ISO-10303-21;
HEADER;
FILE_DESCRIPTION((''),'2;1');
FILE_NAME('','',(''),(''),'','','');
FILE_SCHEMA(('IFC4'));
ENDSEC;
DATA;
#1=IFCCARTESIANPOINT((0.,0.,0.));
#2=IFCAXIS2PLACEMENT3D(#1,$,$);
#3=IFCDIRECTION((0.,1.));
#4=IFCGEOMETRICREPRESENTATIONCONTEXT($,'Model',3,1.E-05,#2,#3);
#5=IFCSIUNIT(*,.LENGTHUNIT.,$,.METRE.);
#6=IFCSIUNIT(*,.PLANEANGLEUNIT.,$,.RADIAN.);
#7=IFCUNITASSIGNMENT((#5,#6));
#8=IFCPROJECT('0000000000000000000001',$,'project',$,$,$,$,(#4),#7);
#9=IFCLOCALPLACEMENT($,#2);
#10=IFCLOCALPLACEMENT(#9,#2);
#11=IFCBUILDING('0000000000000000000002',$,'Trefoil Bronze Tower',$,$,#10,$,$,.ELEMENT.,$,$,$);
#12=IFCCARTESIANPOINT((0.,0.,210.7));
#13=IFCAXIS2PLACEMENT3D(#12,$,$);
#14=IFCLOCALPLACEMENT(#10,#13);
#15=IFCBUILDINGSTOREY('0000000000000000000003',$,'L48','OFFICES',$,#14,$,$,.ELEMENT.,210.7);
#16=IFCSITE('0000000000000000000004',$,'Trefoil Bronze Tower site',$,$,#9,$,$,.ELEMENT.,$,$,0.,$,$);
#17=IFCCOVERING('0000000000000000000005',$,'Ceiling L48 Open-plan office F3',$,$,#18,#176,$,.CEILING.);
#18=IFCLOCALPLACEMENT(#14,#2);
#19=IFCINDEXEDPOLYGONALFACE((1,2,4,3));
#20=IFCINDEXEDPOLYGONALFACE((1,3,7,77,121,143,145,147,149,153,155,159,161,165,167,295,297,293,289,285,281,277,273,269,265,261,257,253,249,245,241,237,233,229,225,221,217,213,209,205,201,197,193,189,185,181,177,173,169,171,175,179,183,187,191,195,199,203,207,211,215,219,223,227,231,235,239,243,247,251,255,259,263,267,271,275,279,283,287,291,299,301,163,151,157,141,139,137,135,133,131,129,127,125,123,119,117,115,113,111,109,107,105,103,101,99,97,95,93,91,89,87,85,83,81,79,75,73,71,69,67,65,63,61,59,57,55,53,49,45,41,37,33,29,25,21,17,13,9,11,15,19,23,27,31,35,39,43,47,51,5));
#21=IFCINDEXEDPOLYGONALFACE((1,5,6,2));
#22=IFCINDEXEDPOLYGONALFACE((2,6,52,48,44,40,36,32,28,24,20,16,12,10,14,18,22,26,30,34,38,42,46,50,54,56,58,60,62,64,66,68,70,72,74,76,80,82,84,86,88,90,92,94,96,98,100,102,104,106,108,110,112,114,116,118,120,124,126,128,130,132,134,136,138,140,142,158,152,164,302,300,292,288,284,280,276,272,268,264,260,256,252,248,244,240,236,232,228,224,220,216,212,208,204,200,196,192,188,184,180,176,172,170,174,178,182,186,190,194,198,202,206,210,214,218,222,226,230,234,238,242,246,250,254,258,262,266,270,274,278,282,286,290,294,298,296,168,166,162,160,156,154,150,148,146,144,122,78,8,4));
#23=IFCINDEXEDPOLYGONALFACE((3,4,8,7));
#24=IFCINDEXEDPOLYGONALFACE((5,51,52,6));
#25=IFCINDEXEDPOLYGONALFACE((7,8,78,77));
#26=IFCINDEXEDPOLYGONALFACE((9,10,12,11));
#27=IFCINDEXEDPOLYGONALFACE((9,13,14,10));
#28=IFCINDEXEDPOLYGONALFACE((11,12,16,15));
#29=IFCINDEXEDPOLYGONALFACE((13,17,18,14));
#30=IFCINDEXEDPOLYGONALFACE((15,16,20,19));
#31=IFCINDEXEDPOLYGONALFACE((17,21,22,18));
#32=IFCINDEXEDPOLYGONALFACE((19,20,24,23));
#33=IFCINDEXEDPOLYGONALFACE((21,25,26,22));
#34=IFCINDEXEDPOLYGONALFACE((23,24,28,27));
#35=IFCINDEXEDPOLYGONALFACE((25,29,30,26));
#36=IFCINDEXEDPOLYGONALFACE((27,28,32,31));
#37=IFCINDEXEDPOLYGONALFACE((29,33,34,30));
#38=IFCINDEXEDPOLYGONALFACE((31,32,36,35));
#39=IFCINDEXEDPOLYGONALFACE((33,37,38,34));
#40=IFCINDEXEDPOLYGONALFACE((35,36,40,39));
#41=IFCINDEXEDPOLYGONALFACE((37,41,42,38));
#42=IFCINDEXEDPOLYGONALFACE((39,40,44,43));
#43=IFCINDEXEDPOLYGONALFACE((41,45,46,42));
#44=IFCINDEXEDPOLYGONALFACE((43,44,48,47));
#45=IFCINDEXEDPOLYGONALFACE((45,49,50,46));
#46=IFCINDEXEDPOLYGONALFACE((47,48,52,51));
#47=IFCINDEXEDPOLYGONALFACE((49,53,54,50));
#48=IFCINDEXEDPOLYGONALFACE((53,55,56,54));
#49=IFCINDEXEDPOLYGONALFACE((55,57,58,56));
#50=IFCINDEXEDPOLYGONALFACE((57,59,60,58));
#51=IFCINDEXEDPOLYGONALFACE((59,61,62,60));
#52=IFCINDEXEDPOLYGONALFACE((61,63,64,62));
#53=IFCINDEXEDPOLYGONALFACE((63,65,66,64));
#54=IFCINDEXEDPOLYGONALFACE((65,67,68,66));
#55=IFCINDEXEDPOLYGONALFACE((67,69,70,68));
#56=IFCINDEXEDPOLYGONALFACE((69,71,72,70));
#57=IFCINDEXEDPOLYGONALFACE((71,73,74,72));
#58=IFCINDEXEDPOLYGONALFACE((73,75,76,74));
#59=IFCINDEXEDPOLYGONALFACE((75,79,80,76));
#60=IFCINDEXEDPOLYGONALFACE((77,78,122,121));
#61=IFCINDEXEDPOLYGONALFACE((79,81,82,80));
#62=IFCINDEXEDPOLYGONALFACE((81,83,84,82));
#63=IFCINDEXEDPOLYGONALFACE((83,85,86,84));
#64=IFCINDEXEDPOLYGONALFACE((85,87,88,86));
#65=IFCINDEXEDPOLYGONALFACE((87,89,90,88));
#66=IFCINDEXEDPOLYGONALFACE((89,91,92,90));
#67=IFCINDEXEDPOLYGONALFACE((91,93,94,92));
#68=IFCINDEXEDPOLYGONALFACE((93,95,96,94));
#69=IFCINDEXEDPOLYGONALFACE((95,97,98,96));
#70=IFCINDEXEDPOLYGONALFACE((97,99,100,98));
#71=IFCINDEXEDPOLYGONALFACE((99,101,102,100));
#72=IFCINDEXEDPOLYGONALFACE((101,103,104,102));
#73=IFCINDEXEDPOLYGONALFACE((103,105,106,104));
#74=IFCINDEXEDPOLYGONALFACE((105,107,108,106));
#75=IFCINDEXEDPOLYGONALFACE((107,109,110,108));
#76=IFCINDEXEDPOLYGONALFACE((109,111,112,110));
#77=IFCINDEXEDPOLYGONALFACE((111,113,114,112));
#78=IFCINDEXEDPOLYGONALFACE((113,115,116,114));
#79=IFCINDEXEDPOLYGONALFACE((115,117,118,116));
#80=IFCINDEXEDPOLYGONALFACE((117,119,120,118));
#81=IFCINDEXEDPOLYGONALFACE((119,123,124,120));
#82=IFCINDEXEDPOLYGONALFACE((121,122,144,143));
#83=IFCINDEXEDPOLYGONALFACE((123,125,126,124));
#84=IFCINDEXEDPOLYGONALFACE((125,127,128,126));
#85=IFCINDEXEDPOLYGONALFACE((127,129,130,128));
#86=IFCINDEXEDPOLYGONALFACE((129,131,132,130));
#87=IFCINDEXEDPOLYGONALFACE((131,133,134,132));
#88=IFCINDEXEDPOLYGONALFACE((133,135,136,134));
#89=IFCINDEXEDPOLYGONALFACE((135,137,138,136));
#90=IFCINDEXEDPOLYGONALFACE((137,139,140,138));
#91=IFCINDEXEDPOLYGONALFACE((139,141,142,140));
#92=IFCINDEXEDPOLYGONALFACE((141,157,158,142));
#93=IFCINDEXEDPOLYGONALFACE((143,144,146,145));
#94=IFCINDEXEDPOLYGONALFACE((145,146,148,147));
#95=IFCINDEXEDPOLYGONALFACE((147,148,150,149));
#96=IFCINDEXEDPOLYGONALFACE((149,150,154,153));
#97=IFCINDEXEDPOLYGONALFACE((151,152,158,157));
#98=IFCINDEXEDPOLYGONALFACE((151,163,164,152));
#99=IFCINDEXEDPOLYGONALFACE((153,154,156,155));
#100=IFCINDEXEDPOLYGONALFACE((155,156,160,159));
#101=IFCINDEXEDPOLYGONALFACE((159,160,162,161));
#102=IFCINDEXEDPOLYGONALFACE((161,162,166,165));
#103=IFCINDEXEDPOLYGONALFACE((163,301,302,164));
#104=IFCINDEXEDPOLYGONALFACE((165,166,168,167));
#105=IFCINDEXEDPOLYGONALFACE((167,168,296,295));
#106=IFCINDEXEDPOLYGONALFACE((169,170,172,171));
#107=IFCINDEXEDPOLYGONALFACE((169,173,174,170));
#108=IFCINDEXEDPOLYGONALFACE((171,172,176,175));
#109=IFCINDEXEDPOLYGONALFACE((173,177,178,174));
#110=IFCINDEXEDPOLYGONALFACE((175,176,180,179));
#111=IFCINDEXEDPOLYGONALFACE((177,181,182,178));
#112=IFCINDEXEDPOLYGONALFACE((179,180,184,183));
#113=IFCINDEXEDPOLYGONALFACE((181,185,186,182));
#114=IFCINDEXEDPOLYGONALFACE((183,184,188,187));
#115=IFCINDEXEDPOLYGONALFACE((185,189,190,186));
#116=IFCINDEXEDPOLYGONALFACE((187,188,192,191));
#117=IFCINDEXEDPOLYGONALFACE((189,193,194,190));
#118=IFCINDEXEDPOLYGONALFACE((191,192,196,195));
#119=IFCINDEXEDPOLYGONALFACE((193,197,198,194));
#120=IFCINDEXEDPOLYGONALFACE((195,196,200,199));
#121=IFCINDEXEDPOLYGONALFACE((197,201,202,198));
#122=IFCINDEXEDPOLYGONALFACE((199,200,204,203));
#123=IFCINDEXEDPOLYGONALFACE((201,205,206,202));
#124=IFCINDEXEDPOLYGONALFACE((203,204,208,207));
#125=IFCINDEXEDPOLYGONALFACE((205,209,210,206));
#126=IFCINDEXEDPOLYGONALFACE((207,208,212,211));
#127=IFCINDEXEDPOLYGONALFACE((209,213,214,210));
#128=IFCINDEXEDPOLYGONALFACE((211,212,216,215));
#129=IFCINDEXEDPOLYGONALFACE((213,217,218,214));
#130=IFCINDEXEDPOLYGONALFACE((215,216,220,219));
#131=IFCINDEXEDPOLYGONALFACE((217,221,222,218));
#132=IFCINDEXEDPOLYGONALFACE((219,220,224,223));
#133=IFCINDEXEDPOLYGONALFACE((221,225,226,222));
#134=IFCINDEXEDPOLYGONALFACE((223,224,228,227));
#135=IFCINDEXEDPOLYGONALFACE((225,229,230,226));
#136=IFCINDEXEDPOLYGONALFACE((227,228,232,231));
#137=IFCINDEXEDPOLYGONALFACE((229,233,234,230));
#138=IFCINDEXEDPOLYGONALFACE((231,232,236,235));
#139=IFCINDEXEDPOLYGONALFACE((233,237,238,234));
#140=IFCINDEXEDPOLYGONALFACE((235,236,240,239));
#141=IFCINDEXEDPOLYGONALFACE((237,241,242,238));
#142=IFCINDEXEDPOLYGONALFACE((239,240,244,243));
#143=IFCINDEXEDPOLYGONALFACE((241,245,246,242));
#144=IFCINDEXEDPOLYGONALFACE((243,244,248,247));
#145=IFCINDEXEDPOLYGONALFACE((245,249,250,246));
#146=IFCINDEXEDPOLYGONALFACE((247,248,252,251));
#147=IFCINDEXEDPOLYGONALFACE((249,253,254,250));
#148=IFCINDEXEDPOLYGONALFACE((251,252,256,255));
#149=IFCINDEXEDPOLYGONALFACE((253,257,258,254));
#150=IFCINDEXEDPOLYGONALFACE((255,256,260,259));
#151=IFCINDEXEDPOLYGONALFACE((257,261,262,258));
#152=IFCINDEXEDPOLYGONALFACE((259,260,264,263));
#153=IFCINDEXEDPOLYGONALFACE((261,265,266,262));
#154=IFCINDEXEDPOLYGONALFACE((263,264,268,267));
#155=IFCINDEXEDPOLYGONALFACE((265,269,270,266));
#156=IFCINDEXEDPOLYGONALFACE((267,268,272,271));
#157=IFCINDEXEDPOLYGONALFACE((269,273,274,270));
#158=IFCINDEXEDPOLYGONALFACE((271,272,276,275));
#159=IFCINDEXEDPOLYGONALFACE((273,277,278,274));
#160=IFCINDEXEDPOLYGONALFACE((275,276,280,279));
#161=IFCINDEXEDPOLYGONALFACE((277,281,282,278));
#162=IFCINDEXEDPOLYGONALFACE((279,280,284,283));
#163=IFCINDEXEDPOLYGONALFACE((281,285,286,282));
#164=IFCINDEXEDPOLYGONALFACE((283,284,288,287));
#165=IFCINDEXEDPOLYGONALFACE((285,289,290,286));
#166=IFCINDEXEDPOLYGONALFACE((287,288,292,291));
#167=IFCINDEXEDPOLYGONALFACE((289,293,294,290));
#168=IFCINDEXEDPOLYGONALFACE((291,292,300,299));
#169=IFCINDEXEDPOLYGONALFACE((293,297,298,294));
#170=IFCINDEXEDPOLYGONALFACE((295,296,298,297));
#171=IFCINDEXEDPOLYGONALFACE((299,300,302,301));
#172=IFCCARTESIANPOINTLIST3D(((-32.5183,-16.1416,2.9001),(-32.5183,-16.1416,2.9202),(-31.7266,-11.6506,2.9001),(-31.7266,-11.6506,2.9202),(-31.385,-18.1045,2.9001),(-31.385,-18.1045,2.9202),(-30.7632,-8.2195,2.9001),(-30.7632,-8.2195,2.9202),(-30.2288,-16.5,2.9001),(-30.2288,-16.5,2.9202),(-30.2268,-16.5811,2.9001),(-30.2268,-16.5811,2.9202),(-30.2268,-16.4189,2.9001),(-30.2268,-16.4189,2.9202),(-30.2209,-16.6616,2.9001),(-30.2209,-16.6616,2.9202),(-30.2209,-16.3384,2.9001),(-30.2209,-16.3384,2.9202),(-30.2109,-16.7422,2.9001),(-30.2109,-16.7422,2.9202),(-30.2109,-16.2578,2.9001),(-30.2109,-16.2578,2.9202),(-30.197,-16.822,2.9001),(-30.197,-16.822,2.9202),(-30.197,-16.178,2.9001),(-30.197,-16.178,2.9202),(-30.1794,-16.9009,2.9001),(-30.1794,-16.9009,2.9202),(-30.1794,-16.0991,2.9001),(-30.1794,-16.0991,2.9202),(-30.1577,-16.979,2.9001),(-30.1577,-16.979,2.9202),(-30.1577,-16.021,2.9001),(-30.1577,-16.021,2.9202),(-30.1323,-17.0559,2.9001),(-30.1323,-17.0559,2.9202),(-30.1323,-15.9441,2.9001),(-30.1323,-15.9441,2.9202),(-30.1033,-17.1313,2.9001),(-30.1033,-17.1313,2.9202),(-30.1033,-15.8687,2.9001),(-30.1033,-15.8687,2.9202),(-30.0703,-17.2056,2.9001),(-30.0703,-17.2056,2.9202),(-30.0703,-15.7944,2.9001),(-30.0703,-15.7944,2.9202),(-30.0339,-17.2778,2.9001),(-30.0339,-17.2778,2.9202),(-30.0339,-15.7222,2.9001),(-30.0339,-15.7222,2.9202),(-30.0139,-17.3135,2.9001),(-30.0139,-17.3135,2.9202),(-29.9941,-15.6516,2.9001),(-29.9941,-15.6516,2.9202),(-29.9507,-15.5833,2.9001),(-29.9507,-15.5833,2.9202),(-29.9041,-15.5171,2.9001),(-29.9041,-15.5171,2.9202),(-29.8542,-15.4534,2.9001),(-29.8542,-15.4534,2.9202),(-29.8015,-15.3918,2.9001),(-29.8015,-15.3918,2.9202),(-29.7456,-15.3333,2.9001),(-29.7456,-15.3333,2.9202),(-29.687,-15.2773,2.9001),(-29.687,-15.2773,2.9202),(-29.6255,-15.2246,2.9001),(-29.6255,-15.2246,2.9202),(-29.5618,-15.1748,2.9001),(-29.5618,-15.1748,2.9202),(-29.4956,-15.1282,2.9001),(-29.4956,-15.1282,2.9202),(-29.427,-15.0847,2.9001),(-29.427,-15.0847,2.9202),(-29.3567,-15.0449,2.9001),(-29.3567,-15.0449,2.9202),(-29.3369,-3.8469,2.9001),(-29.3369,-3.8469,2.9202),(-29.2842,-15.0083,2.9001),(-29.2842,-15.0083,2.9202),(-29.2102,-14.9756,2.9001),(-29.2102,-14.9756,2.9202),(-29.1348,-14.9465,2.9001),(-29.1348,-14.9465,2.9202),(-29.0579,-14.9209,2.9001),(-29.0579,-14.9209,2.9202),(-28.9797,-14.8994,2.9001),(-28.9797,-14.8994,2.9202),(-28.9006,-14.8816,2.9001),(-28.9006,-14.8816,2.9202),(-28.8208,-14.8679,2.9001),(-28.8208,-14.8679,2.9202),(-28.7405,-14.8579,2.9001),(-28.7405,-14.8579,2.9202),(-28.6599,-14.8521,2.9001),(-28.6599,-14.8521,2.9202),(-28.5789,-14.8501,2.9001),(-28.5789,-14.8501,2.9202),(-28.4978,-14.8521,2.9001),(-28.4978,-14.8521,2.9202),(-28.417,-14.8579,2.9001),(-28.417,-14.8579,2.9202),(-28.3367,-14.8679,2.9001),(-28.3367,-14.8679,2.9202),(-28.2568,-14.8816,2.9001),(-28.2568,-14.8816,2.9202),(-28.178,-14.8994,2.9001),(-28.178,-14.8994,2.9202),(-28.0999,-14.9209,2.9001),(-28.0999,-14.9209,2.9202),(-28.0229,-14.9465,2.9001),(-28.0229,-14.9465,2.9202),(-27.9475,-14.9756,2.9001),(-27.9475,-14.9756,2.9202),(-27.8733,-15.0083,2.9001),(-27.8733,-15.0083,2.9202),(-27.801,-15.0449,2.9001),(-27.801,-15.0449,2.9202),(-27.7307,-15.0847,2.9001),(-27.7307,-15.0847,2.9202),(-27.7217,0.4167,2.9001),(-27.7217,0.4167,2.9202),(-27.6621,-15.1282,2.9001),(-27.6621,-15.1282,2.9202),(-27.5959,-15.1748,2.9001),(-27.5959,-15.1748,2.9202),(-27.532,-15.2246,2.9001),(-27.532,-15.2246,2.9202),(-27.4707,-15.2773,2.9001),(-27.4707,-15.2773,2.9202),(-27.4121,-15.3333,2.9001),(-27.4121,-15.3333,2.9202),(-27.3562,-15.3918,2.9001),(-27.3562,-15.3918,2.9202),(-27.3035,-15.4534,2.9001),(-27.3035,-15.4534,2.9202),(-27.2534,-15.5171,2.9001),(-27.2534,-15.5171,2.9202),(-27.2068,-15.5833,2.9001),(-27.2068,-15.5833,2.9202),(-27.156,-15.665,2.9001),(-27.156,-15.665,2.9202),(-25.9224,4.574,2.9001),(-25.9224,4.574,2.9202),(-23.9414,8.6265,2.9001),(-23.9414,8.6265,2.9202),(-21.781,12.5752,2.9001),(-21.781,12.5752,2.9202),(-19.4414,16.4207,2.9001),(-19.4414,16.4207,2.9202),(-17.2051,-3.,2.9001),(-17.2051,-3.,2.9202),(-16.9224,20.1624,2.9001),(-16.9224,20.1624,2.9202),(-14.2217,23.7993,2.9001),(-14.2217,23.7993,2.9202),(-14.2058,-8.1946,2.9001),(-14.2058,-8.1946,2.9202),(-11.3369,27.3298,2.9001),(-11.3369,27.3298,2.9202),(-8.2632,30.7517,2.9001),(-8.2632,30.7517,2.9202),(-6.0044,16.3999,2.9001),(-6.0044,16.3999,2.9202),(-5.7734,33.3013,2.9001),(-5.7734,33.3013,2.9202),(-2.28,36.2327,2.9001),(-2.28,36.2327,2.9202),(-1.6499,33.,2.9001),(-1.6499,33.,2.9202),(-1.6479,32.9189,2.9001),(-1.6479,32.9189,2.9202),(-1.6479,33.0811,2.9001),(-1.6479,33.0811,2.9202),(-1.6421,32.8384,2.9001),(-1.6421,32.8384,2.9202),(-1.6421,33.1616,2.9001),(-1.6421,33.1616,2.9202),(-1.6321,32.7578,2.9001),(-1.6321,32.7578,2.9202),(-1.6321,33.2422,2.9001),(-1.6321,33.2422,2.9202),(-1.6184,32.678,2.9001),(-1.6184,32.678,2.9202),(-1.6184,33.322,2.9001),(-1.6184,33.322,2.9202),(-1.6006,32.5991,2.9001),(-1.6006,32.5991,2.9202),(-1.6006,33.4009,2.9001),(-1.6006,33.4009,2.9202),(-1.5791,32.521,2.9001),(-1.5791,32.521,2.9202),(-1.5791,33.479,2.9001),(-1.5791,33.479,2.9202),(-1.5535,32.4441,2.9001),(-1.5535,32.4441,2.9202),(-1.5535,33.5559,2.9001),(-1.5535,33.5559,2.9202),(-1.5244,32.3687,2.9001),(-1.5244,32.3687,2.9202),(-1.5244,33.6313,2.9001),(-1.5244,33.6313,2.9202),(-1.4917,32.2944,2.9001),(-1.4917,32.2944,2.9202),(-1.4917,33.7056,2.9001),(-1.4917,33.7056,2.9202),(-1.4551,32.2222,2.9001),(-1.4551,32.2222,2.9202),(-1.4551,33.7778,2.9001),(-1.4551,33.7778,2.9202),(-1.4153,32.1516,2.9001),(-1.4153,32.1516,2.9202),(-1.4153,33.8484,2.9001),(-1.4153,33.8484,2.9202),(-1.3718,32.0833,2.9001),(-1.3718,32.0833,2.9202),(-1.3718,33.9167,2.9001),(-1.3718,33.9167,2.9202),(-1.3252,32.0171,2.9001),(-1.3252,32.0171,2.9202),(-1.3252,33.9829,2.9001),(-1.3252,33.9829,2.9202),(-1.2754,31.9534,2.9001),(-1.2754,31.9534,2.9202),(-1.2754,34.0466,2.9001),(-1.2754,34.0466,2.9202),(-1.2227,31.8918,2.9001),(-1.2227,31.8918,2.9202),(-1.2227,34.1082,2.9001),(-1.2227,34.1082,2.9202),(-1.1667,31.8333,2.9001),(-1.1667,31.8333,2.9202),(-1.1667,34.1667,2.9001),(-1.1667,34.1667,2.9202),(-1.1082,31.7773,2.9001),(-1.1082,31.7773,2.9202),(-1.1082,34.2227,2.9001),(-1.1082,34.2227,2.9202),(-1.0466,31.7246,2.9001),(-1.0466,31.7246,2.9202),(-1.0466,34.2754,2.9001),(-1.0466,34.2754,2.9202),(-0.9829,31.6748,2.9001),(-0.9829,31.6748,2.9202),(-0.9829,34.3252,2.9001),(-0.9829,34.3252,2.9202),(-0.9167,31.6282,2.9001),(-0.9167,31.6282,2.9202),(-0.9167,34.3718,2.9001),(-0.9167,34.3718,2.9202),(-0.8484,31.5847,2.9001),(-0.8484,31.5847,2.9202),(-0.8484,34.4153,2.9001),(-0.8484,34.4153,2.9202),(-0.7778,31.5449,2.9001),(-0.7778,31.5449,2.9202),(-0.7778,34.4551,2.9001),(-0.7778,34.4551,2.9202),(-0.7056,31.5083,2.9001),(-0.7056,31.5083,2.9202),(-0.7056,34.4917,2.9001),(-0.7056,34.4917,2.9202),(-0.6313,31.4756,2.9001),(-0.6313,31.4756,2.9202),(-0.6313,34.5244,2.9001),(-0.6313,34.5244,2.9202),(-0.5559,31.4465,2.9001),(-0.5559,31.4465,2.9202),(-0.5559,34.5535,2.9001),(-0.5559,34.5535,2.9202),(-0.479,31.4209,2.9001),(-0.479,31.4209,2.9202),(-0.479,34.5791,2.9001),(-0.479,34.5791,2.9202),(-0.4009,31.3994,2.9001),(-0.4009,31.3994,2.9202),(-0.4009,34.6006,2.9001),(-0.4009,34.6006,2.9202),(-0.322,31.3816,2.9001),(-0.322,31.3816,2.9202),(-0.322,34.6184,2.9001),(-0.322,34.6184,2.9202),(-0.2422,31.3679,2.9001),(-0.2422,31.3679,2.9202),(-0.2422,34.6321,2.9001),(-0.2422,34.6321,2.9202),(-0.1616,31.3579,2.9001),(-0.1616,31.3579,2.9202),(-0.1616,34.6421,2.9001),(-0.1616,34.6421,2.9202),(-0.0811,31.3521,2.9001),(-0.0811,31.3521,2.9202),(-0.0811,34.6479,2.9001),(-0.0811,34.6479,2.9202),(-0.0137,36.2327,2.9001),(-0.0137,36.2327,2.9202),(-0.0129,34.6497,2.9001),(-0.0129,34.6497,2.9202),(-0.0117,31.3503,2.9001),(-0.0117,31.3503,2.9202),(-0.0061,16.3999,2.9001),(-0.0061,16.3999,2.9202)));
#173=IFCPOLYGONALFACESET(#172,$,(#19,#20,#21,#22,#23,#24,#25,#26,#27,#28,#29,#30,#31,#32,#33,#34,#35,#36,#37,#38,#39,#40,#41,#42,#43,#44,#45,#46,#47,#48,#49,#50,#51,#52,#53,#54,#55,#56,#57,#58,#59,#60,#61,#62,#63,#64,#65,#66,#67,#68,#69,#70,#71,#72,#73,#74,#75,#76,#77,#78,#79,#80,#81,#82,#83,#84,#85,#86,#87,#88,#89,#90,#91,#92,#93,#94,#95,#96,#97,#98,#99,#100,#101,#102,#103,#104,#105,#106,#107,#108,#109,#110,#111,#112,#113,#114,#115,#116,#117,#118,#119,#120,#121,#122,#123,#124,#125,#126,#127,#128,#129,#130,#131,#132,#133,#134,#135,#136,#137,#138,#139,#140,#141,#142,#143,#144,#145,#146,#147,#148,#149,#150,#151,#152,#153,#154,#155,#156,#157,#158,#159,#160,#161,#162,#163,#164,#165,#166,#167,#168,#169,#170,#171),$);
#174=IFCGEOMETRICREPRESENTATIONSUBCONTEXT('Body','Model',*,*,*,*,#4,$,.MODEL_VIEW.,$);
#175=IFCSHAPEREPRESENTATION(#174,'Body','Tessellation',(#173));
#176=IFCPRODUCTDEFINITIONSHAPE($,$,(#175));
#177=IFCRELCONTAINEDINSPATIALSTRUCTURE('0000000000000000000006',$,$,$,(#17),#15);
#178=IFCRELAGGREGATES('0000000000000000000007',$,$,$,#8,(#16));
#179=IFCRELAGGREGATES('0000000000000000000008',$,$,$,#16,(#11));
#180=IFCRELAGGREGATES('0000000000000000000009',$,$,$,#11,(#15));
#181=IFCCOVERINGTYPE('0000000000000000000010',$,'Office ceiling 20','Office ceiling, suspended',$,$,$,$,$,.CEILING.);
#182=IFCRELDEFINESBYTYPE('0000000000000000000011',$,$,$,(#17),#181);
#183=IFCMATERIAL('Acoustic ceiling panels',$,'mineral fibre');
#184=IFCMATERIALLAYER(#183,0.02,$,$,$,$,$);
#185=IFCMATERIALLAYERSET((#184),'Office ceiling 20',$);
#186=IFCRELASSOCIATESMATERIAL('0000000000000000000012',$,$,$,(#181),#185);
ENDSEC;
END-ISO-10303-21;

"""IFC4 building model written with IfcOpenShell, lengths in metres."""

from ifc_helpers import new_model, si_unit, direction, frame, origin, place, context, subcontext, project, spatial, polyline, outline, extrude, material, layer, layer_set, type_object, element, save


model = new_model("IFC4")

# Units and contexts
model_context = context("Model", 3, precision=1e-05, world=origin(), true_north=direction((0.0, 1.0)))
body_context = subcontext(model_context, "Body", "Model", "MODEL_VIEW")
ifc_project = project(units=[si_unit("LENGTHUNIT", "METRE"), si_unit("PLANEANGLEUNIT", "RADIAN")], contexts=[model_context])

# Site, building, storey
site_placement = place(None, origin())
site = spatial("IfcSite", under=ifc_project, at=site_placement, Name="Trefoil Bronze Tower site", CompositionType="ELEMENT", RefElevation=0.0)
building_placement = place(site_placement, origin())
building = spatial("IfcBuilding", under=site, at=building_placement, Name="Trefoil Bronze Tower", CompositionType="ELEMENT")
storey_placement = place(building_placement, frame((0.0, 0.0, 210.7)))
storey = spatial("IfcBuildingStorey", under=building, at=storey_placement, Name="L48", Description="OFFICES", CompositionType="ELEMENT", Elevation=210.7)

# Covering
ifc_material_1 = material(Name="Acoustic ceiling panels", Category="mineral fibre")
ifc_layer_1 = layer(ifc_material_1, 0.02)
ifc_layer_set_1 = layer_set([ifc_layer_1], Name="Office ceiling 20")
covering_type_1 = type_object("IfcCoveringType", Name="Office ceiling 20", Description="Office ceiling, suspended", PredefinedType="CEILING", material=ifc_layer_set_1)
covering_1_placement = place(storey_placement, frame((0.0, 0.0, 2.9001)))
element("IfcCovering", 1, at=covering_1_placement, inside=storey, type_object=covering_type_1, Name="Ceiling L48 Open-plan office F3", PredefinedType="CEILING", context=body_context, shape_type="SweptSolid", body=[
    extrude(outline(polyline([(-30.7632, -8.2195), (-29.3369, -3.8469), (-27.7217, 0.4167), (-25.9224, 4.574), (-23.9414, 8.6265), (-21.781, 12.5752), (-19.4414, 16.4207), (-16.9224, 20.1624), (-14.2217, 23.7993), (-11.3369, 27.3298), (-8.2632, 30.7517), (-5.7734, 33.3013), (-2.28, 36.2327), (-0.0137, 36.2327), (-0.0129, 34.6497), (-0.0811, 34.6479), (-0.1616, 34.6421), (-0.2422, 34.6321), (-0.322, 34.6184), (-0.4009, 34.6006), (-0.479, 34.5791), (-0.5559, 34.5535), (-0.6313, 34.5244), (-0.7056, 34.4917), (-0.7778, 34.4551), (-0.8484, 34.4153), (-0.9167, 34.3718), (-0.9829, 34.3252), (-1.0466, 34.2754), (-1.1082, 34.2227), (-1.1667, 34.1667), (-1.2227, 34.1082), (-1.2754, 34.0466), (-1.3252, 33.9829), (-1.3718, 33.9167), (-1.4153, 33.8484), (-1.4551, 33.7778), (-1.4917, 33.7056), (-1.5244, 33.6313), (-1.5535, 33.5559), (-1.5791, 33.479), (-1.6006, 33.4009), (-1.6184, 33.322), (-1.6321, 33.2422), (-1.6421, 33.1616), (-1.6479, 33.0811), (-1.6499, 33.0), (-1.6479, 32.9189), (-1.6421, 32.8384), (-1.6321, 32.7578), (-1.6184, 32.678), (-1.6006, 32.5991), (-1.5791, 32.521), (-1.5535, 32.4441), (-1.5244, 32.3687), (-1.4917, 32.2944), (-1.4551, 32.2222), (-1.4153, 32.1516), (-1.3718, 32.0833), (-1.3252, 32.0171), (-1.2754, 31.9534), (-1.2227, 31.8918), (-1.1667, 31.8333), (-1.1082, 31.7773), (-1.0466, 31.7246), (-0.9829, 31.6748), (-0.9167, 31.6282), (-0.8484, 31.5847), (-0.7778, 31.5449), (-0.7056, 31.5083), (-0.6313, 31.4756), (-0.5559, 31.4465), (-0.479, 31.4209), (-0.4009, 31.3994), (-0.322, 31.3816), (-0.2422, 31.3679), (-0.1616, 31.3579), (-0.0811, 31.3521), (-0.0117, 31.3503), (-0.0061, 16.3999), (-6.0044, 16.3999), (-17.2051, -3.0), (-14.2058, -8.1946), (-27.156, -15.665), (-27.2068, -15.5833), (-27.2534, -15.5171), (-27.3035, -15.4534), (-27.3562, -15.3918), (-27.4121, -15.3333), (-27.4707, -15.2773), (-27.532, -15.2246), (-27.5959, -15.1748), (-27.6621, -15.1282), (-27.7307, -15.0847), (-27.801, -15.0449), (-27.8733, -15.0083), (-27.9475, -14.9756), (-28.0229, -14.9465), (-28.0999, -14.9209), (-28.178, -14.8994), (-28.2568, -14.8816), (-28.3367, -14.8679), (-28.417, -14.8579), (-28.4978, -14.8521), (-28.5789, -14.8501), (-28.6599, -14.8521), (-28.7405, -14.8579), (-28.8208, -14.8679), (-28.9006, -14.8816), (-28.9797, -14.8994), (-29.0579, -14.9209), (-29.1348, -14.9465), (-29.2102, -14.9756), (-29.2842, -15.0083), (-29.3567, -15.0449), (-29.427, -15.0847), (-29.4956, -15.1282), (-29.5618, -15.1748), (-29.6255, -15.2246), (-29.687, -15.2773), (-29.7456, -15.3333), (-29.8015, -15.3918), (-29.8542, -15.4534), (-29.9041, -15.5171), (-29.9507, -15.5833), (-29.9941, -15.6516), (-30.0339, -15.7222), (-30.0703, -15.7944), (-30.1033, -15.8687), (-30.1323, -15.9441), (-30.1577, -16.021), (-30.1794, -16.0991), (-30.197, -16.178), (-30.2109, -16.2578), (-30.2209, -16.3384), (-30.2268, -16.4189), (-30.2288, -16.5), (-30.2268, -16.5811), (-30.2209, -16.6616), (-30.2109, -16.7422), (-30.197, -16.822), (-30.1794, -16.9009), (-30.1577, -16.979), (-30.1323, -17.0559), (-30.1033, -17.1313), (-30.0703, -17.2056), (-30.0339, -17.2778), (-30.0139, -17.3135), (-31.385, -18.1045), (-32.5183, -16.1416), (-31.7266, -11.6506), (-30.7632, -8.2195)])), origin(), (0.0, 0.0, 1.0), 0.02),
])

save(model, "model.ifc")
